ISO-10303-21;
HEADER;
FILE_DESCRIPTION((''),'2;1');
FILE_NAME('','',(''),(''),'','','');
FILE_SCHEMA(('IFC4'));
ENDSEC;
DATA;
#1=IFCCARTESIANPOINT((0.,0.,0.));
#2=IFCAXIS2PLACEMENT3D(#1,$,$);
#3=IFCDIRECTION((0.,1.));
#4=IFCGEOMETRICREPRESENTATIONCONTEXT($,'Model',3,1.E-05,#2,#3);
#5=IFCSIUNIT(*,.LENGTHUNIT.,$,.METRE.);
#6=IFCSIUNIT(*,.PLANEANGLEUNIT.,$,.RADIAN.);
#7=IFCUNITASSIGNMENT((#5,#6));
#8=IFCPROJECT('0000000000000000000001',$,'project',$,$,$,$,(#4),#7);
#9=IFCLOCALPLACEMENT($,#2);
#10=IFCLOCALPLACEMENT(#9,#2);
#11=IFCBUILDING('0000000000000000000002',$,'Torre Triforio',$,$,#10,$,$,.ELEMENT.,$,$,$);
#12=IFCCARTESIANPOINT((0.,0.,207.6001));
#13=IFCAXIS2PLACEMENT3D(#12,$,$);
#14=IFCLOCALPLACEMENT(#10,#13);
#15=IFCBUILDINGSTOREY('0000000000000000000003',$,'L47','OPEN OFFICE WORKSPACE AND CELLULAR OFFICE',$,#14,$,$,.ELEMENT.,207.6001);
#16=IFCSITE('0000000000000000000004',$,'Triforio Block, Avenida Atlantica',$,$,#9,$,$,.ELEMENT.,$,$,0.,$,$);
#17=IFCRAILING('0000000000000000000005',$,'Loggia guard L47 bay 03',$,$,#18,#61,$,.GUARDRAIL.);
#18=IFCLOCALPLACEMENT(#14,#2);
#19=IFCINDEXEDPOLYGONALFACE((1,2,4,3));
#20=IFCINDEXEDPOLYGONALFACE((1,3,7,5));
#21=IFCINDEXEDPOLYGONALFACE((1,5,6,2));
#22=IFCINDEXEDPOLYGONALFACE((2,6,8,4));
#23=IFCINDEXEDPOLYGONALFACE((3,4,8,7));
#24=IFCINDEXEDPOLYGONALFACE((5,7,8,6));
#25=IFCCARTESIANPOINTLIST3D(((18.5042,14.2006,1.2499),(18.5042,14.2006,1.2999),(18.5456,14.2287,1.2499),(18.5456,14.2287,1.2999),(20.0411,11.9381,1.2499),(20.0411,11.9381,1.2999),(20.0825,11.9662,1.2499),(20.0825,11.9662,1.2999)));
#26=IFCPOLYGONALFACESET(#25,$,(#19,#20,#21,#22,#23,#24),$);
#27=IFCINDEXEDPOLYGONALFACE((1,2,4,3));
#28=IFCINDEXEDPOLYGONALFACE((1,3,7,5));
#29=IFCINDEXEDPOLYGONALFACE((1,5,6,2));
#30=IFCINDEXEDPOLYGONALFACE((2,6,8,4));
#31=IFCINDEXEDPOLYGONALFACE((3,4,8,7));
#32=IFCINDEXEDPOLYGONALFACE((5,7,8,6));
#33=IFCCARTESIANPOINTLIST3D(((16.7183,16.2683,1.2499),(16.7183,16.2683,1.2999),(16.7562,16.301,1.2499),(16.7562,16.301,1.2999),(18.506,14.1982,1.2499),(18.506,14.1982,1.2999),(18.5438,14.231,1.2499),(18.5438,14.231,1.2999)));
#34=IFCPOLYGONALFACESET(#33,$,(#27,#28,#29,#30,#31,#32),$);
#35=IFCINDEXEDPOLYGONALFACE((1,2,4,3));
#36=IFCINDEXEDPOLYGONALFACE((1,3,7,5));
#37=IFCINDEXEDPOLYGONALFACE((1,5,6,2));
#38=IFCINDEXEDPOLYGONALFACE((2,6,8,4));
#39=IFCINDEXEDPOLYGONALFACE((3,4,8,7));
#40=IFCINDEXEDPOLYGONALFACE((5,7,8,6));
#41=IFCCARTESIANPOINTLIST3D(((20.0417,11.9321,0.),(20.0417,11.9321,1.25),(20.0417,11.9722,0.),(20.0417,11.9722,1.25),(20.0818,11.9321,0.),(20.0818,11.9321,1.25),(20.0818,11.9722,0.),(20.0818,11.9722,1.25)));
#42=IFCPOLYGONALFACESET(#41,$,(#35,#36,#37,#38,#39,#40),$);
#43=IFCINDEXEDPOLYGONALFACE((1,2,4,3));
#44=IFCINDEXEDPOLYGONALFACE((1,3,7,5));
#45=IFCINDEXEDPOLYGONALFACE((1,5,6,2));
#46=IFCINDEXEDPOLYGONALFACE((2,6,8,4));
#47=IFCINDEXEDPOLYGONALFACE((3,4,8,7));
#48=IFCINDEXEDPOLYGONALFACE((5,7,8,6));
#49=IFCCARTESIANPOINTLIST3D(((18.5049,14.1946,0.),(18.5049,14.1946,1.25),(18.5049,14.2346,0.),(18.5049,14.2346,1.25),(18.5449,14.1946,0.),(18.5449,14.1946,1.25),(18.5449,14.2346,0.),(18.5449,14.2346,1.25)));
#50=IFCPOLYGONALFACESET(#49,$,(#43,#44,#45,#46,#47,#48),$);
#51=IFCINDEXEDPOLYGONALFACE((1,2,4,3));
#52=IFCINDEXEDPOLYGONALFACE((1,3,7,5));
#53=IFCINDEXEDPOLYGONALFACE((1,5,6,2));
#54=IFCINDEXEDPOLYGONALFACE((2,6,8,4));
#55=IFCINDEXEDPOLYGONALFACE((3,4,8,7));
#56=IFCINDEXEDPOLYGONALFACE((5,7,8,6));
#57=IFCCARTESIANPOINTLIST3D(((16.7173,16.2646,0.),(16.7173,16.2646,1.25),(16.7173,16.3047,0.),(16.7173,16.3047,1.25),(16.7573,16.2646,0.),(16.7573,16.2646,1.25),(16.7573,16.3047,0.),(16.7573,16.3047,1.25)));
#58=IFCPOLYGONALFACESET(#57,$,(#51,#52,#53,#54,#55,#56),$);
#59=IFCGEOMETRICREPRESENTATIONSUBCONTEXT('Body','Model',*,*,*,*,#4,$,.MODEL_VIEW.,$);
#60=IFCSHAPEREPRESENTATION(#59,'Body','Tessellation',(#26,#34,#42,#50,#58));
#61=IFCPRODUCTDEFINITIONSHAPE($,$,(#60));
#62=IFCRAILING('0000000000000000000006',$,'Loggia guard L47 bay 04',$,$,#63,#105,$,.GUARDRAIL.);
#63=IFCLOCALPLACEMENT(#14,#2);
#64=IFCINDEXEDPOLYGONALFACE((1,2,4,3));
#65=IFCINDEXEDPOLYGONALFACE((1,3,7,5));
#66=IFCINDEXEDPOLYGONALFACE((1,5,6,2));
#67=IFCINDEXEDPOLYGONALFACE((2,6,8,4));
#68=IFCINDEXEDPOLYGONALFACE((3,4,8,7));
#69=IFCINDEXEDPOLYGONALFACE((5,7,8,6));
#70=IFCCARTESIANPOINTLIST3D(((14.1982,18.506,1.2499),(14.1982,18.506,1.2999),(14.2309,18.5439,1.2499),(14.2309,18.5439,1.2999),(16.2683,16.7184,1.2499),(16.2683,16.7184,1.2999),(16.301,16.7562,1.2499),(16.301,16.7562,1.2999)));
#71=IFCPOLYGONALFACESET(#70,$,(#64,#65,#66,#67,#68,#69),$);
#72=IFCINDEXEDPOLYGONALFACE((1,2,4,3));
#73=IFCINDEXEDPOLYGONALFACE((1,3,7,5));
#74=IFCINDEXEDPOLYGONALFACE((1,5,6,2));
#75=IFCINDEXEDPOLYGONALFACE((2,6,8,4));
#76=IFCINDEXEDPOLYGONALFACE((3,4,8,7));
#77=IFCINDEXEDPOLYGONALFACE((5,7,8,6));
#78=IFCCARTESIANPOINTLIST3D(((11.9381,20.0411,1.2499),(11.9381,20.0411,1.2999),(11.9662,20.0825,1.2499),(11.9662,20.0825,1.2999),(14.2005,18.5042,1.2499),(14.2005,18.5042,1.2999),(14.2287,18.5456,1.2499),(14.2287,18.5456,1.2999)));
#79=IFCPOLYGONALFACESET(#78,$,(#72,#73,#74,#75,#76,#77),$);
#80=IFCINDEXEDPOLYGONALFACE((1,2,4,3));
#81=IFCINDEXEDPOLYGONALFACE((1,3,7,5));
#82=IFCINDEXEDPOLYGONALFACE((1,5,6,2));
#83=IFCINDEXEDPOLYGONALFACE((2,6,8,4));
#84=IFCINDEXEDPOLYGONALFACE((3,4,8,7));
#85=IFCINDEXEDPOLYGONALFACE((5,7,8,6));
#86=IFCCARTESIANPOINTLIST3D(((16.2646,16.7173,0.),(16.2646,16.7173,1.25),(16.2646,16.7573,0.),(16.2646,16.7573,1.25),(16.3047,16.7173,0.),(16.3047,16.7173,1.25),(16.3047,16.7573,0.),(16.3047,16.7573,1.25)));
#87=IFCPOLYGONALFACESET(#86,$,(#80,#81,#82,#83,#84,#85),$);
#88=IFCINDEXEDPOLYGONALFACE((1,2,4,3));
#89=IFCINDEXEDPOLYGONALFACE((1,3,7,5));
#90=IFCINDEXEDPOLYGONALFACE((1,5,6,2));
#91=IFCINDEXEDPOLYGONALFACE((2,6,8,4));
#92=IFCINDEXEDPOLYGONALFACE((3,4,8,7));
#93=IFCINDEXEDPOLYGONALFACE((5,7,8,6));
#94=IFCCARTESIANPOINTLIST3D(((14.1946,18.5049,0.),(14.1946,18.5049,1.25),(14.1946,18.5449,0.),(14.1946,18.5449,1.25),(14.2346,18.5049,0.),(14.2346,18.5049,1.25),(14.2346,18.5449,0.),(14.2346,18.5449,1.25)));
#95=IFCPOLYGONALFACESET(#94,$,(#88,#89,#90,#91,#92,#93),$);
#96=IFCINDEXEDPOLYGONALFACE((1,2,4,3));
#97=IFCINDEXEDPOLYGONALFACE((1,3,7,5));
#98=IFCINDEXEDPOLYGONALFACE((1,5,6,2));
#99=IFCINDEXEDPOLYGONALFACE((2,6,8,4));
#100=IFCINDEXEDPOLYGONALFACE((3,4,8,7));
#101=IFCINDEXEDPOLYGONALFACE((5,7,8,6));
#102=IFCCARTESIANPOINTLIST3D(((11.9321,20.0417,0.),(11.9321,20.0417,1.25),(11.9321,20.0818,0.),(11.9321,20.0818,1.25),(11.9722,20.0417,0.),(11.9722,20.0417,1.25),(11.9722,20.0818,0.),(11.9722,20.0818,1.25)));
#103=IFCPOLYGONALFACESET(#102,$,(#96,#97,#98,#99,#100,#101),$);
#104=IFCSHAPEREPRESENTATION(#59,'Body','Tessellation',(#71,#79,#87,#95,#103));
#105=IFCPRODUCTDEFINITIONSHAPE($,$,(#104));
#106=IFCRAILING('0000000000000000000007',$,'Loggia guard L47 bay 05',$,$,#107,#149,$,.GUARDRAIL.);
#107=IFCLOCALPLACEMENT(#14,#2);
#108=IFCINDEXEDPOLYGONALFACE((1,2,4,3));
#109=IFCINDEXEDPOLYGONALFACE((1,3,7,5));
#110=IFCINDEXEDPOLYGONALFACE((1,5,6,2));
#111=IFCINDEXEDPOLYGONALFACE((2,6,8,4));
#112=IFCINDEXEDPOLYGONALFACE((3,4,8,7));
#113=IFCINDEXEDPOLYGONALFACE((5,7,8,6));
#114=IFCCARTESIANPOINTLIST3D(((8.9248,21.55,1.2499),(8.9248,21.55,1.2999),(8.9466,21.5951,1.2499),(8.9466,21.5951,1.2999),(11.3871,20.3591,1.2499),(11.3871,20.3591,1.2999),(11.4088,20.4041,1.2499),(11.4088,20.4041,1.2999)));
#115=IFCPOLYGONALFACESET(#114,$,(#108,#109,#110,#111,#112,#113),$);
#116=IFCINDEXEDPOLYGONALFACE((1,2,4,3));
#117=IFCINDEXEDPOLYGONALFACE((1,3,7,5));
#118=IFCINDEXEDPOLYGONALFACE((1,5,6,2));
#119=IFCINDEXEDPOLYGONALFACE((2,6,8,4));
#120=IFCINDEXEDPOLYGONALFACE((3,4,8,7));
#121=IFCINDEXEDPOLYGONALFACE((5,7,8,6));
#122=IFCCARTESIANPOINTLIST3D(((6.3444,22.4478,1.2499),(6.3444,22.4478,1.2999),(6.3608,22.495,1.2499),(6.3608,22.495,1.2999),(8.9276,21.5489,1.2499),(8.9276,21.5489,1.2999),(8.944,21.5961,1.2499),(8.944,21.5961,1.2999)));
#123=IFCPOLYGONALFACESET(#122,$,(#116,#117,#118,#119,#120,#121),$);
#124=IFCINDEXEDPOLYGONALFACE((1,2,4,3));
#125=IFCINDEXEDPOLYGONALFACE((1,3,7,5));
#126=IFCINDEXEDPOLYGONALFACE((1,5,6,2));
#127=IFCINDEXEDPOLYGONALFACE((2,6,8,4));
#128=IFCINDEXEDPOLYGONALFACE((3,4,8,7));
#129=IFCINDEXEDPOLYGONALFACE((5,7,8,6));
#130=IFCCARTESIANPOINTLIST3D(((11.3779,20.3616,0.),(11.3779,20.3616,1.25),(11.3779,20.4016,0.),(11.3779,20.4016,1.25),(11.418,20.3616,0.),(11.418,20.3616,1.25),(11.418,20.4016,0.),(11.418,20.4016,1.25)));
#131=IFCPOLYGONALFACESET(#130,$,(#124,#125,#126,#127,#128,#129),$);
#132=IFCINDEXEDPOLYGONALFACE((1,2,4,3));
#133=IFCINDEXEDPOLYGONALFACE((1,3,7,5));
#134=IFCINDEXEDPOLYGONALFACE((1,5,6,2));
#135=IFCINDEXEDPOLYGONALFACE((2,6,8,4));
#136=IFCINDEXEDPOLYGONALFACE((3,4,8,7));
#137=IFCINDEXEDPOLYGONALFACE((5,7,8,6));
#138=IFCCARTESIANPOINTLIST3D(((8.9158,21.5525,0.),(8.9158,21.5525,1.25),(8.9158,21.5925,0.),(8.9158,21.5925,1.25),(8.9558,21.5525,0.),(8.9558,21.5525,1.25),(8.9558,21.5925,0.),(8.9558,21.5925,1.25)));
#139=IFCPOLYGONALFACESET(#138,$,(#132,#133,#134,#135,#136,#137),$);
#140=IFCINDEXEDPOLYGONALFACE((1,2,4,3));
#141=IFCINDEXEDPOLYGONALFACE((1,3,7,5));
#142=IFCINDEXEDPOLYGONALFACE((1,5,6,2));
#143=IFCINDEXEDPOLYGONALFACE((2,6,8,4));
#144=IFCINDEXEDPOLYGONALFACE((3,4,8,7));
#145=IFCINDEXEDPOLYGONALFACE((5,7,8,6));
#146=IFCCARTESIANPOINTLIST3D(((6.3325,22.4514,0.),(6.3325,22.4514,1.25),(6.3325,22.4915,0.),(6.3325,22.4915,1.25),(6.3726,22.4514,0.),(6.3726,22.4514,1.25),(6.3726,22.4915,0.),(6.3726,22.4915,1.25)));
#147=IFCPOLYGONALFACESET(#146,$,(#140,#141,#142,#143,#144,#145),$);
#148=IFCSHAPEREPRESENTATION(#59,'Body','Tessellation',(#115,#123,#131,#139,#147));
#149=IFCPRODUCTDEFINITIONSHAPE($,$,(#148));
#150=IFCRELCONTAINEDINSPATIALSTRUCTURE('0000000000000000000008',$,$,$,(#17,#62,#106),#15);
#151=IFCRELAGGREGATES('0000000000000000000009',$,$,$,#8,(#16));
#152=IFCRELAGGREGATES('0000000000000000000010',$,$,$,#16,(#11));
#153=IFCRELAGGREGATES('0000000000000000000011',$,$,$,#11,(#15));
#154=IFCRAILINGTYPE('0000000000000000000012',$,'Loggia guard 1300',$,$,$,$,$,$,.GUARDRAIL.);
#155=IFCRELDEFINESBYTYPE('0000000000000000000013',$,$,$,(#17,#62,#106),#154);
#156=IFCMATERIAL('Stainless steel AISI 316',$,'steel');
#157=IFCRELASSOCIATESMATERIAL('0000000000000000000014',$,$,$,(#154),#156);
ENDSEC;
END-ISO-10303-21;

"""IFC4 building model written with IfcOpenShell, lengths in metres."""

from ifc_helpers import new_model, si_unit, direction, frame, origin, origin_2d, place, context, subcontext, project, spatial, rectangle, extrude, material, type_object, element, save


model = new_model("IFC4")

# Units and contexts
model_context = context("Model", 3, precision=1e-05, world=origin(), true_north=direction((0.0, 1.0)))
body_context = subcontext(model_context, "Body", "Model", "MODEL_VIEW")
ifc_project = project(units=[si_unit("LENGTHUNIT", "METRE"), si_unit("PLANEANGLEUNIT", "RADIAN")], contexts=[model_context])

# Site, building, storey
site_placement = place(None, origin())
site = spatial("IfcSite", under=ifc_project, at=site_placement, Name="Triforio Block, Avenida Atlantica", CompositionType="ELEMENT", RefElevation=0.0)
building_placement = place(site_placement, origin())
building = spatial("IfcBuilding", under=site, at=building_placement, Name="Torre Triforio", CompositionType="ELEMENT")
storey_placement = place(building_placement, frame((0.0, 0.0, 207.6001)))
storey = spatial("IfcBuildingStorey", under=building, at=storey_placement, Name="L47", Description="OPEN OFFICE WORKSPACE AND CELLULAR OFFICE", CompositionType="ELEMENT", Elevation=207.6001)

# Railings
ifc_material_1 = material(Name="Stainless steel AISI 316", Category="steel")
railing_type = type_object("IfcRailingType", Name="Loggia guard 1300", PredefinedType="GUARDRAIL", material=ifc_material_1)
railing_1_placement = place(storey_placement, frame((20.0618, 11.9521, 0.0)))
element("IfcRailing", 1, at=railing_1_placement, inside=storey, type_object=railing_type, Name="Loggia guard L47 bay 03", PredefinedType="GUARDRAIL", context=body_context, shape_type="SweptSolid", body=[
    extrude(rectangle(XDim=0.05, YDim=0.05, at=origin_2d()), frame((0.0, 0.0, 1.2749), z_axis=(-0.56191, 0.827199, 0.0), x_axis=(-0.827199, -0.56191, 0.0)), (0.0, 0.0, 1.0), 2.7351),
    extrude(rectangle(XDim=0.05, YDim=0.05, at=origin_2d()), frame((-1.5369, 2.2625, 1.2749), z_axis=(-0.65358, 0.756857, 0.0), x_axis=(-0.756857, -0.65358, 0.0)), (0.0, 0.0, 1.0), 2.7351),
    extrude(rectangle(XDim=0.04, YDim=0.04, at=origin_2d()), origin(), (0.0, 0.0, 1.0), 1.25),
    extrude(rectangle(XDim=0.04, YDim=0.04, at=origin_2d()), frame((-1.5369, 2.2625, 0.0)), (0.0, 0.0, 1.0), 1.25),
    extrude(rectangle(XDim=0.04, YDim=0.04, at=origin_2d()), frame((-3.3245, 4.3325, 0.0)), (0.0, 0.0, 1.0), 1.25),
])
railing_2_placement = place(storey_placement, frame((16.2847, 16.7373, 0.0)))
element("IfcRailing", 2, at=railing_2_placement, inside=storey, type_object=railing_type, Name="Loggia guard L47 bay 04", PredefinedType="GUARDRAIL", context=body_context, shape_type="SweptSolid", body=[
    extrude(rectangle(XDim=0.05, YDim=0.05, at=origin_2d()), frame((0.0, 0.0, 1.2749), z_axis=(-0.756857, 0.65358, 0.0), x_axis=(-0.65358, -0.756857, 0.0)), (0.0, 0.0, 1.0), 2.7351),
    extrude(rectangle(XDim=0.05, YDim=0.05, at=origin_2d()), frame((-2.0701, 1.7876, 1.2749), z_axis=(-0.827199, 0.56191, 0.0), x_axis=(-0.56191, -0.827199, 0.0)), (0.0, 0.0, 1.0), 2.7351),
    extrude(rectangle(XDim=0.04, YDim=0.04, at=origin_2d()), origin(), (0.0, 0.0, 1.0), 1.25),
    extrude(rectangle(XDim=0.04, YDim=0.04, at=origin_2d()), frame((-2.0701, 1.7876, 0.0)), (0.0, 0.0, 1.0), 1.25),
    extrude(rectangle(XDim=0.04, YDim=0.04, at=origin_2d()), frame((-4.3325, 3.3245, 0.0)), (0.0, 0.0, 1.0), 1.25),
])
railing_3_placement = place(storey_placement, frame((11.3979, 20.3816, 0.0)))
element("IfcRailing", 3, at=railing_3_placement, inside=storey, type_object=railing_type, Name="Loggia guard L47 bay 05", PredefinedType="GUARDRAIL", context=body_context, shape_type="SweptSolid", body=[
    extrude(rectangle(XDim=0.05, YDim=0.05, at=origin_2d()), frame((0.0, 0.0, 1.2749), z_axis=(-0.900224, 0.435428, 0.0), x_axis=(-0.435428, -0.900224, 0.0)), (0.0, 0.0, 1.0), 2.7351),
    extrude(rectangle(XDim=0.05, YDim=0.05, at=origin_2d()), frame((-2.4622, 1.1909, 1.2749), z_axis=(-0.944451, 0.328652, 0.0), x_axis=(-0.328652, -0.944451, 0.0)), (0.0, 0.0, 1.0), 2.7351),
    extrude(rectangle(XDim=0.04, YDim=0.04, at=origin_2d()), origin(), (0.0, 0.0, 1.0), 1.25),
    extrude(rectangle(XDim=0.04, YDim=0.04, at=origin_2d()), frame((-2.4622, 1.1909, 0.0)), (0.0, 0.0, 1.0), 1.25),
    extrude(rectangle(XDim=0.04, YDim=0.04, at=origin_2d()), frame((-5.0454, 2.0898, 0.0)), (0.0, 0.0, 1.0), 1.25),
])

save(model, "model.ifc")
